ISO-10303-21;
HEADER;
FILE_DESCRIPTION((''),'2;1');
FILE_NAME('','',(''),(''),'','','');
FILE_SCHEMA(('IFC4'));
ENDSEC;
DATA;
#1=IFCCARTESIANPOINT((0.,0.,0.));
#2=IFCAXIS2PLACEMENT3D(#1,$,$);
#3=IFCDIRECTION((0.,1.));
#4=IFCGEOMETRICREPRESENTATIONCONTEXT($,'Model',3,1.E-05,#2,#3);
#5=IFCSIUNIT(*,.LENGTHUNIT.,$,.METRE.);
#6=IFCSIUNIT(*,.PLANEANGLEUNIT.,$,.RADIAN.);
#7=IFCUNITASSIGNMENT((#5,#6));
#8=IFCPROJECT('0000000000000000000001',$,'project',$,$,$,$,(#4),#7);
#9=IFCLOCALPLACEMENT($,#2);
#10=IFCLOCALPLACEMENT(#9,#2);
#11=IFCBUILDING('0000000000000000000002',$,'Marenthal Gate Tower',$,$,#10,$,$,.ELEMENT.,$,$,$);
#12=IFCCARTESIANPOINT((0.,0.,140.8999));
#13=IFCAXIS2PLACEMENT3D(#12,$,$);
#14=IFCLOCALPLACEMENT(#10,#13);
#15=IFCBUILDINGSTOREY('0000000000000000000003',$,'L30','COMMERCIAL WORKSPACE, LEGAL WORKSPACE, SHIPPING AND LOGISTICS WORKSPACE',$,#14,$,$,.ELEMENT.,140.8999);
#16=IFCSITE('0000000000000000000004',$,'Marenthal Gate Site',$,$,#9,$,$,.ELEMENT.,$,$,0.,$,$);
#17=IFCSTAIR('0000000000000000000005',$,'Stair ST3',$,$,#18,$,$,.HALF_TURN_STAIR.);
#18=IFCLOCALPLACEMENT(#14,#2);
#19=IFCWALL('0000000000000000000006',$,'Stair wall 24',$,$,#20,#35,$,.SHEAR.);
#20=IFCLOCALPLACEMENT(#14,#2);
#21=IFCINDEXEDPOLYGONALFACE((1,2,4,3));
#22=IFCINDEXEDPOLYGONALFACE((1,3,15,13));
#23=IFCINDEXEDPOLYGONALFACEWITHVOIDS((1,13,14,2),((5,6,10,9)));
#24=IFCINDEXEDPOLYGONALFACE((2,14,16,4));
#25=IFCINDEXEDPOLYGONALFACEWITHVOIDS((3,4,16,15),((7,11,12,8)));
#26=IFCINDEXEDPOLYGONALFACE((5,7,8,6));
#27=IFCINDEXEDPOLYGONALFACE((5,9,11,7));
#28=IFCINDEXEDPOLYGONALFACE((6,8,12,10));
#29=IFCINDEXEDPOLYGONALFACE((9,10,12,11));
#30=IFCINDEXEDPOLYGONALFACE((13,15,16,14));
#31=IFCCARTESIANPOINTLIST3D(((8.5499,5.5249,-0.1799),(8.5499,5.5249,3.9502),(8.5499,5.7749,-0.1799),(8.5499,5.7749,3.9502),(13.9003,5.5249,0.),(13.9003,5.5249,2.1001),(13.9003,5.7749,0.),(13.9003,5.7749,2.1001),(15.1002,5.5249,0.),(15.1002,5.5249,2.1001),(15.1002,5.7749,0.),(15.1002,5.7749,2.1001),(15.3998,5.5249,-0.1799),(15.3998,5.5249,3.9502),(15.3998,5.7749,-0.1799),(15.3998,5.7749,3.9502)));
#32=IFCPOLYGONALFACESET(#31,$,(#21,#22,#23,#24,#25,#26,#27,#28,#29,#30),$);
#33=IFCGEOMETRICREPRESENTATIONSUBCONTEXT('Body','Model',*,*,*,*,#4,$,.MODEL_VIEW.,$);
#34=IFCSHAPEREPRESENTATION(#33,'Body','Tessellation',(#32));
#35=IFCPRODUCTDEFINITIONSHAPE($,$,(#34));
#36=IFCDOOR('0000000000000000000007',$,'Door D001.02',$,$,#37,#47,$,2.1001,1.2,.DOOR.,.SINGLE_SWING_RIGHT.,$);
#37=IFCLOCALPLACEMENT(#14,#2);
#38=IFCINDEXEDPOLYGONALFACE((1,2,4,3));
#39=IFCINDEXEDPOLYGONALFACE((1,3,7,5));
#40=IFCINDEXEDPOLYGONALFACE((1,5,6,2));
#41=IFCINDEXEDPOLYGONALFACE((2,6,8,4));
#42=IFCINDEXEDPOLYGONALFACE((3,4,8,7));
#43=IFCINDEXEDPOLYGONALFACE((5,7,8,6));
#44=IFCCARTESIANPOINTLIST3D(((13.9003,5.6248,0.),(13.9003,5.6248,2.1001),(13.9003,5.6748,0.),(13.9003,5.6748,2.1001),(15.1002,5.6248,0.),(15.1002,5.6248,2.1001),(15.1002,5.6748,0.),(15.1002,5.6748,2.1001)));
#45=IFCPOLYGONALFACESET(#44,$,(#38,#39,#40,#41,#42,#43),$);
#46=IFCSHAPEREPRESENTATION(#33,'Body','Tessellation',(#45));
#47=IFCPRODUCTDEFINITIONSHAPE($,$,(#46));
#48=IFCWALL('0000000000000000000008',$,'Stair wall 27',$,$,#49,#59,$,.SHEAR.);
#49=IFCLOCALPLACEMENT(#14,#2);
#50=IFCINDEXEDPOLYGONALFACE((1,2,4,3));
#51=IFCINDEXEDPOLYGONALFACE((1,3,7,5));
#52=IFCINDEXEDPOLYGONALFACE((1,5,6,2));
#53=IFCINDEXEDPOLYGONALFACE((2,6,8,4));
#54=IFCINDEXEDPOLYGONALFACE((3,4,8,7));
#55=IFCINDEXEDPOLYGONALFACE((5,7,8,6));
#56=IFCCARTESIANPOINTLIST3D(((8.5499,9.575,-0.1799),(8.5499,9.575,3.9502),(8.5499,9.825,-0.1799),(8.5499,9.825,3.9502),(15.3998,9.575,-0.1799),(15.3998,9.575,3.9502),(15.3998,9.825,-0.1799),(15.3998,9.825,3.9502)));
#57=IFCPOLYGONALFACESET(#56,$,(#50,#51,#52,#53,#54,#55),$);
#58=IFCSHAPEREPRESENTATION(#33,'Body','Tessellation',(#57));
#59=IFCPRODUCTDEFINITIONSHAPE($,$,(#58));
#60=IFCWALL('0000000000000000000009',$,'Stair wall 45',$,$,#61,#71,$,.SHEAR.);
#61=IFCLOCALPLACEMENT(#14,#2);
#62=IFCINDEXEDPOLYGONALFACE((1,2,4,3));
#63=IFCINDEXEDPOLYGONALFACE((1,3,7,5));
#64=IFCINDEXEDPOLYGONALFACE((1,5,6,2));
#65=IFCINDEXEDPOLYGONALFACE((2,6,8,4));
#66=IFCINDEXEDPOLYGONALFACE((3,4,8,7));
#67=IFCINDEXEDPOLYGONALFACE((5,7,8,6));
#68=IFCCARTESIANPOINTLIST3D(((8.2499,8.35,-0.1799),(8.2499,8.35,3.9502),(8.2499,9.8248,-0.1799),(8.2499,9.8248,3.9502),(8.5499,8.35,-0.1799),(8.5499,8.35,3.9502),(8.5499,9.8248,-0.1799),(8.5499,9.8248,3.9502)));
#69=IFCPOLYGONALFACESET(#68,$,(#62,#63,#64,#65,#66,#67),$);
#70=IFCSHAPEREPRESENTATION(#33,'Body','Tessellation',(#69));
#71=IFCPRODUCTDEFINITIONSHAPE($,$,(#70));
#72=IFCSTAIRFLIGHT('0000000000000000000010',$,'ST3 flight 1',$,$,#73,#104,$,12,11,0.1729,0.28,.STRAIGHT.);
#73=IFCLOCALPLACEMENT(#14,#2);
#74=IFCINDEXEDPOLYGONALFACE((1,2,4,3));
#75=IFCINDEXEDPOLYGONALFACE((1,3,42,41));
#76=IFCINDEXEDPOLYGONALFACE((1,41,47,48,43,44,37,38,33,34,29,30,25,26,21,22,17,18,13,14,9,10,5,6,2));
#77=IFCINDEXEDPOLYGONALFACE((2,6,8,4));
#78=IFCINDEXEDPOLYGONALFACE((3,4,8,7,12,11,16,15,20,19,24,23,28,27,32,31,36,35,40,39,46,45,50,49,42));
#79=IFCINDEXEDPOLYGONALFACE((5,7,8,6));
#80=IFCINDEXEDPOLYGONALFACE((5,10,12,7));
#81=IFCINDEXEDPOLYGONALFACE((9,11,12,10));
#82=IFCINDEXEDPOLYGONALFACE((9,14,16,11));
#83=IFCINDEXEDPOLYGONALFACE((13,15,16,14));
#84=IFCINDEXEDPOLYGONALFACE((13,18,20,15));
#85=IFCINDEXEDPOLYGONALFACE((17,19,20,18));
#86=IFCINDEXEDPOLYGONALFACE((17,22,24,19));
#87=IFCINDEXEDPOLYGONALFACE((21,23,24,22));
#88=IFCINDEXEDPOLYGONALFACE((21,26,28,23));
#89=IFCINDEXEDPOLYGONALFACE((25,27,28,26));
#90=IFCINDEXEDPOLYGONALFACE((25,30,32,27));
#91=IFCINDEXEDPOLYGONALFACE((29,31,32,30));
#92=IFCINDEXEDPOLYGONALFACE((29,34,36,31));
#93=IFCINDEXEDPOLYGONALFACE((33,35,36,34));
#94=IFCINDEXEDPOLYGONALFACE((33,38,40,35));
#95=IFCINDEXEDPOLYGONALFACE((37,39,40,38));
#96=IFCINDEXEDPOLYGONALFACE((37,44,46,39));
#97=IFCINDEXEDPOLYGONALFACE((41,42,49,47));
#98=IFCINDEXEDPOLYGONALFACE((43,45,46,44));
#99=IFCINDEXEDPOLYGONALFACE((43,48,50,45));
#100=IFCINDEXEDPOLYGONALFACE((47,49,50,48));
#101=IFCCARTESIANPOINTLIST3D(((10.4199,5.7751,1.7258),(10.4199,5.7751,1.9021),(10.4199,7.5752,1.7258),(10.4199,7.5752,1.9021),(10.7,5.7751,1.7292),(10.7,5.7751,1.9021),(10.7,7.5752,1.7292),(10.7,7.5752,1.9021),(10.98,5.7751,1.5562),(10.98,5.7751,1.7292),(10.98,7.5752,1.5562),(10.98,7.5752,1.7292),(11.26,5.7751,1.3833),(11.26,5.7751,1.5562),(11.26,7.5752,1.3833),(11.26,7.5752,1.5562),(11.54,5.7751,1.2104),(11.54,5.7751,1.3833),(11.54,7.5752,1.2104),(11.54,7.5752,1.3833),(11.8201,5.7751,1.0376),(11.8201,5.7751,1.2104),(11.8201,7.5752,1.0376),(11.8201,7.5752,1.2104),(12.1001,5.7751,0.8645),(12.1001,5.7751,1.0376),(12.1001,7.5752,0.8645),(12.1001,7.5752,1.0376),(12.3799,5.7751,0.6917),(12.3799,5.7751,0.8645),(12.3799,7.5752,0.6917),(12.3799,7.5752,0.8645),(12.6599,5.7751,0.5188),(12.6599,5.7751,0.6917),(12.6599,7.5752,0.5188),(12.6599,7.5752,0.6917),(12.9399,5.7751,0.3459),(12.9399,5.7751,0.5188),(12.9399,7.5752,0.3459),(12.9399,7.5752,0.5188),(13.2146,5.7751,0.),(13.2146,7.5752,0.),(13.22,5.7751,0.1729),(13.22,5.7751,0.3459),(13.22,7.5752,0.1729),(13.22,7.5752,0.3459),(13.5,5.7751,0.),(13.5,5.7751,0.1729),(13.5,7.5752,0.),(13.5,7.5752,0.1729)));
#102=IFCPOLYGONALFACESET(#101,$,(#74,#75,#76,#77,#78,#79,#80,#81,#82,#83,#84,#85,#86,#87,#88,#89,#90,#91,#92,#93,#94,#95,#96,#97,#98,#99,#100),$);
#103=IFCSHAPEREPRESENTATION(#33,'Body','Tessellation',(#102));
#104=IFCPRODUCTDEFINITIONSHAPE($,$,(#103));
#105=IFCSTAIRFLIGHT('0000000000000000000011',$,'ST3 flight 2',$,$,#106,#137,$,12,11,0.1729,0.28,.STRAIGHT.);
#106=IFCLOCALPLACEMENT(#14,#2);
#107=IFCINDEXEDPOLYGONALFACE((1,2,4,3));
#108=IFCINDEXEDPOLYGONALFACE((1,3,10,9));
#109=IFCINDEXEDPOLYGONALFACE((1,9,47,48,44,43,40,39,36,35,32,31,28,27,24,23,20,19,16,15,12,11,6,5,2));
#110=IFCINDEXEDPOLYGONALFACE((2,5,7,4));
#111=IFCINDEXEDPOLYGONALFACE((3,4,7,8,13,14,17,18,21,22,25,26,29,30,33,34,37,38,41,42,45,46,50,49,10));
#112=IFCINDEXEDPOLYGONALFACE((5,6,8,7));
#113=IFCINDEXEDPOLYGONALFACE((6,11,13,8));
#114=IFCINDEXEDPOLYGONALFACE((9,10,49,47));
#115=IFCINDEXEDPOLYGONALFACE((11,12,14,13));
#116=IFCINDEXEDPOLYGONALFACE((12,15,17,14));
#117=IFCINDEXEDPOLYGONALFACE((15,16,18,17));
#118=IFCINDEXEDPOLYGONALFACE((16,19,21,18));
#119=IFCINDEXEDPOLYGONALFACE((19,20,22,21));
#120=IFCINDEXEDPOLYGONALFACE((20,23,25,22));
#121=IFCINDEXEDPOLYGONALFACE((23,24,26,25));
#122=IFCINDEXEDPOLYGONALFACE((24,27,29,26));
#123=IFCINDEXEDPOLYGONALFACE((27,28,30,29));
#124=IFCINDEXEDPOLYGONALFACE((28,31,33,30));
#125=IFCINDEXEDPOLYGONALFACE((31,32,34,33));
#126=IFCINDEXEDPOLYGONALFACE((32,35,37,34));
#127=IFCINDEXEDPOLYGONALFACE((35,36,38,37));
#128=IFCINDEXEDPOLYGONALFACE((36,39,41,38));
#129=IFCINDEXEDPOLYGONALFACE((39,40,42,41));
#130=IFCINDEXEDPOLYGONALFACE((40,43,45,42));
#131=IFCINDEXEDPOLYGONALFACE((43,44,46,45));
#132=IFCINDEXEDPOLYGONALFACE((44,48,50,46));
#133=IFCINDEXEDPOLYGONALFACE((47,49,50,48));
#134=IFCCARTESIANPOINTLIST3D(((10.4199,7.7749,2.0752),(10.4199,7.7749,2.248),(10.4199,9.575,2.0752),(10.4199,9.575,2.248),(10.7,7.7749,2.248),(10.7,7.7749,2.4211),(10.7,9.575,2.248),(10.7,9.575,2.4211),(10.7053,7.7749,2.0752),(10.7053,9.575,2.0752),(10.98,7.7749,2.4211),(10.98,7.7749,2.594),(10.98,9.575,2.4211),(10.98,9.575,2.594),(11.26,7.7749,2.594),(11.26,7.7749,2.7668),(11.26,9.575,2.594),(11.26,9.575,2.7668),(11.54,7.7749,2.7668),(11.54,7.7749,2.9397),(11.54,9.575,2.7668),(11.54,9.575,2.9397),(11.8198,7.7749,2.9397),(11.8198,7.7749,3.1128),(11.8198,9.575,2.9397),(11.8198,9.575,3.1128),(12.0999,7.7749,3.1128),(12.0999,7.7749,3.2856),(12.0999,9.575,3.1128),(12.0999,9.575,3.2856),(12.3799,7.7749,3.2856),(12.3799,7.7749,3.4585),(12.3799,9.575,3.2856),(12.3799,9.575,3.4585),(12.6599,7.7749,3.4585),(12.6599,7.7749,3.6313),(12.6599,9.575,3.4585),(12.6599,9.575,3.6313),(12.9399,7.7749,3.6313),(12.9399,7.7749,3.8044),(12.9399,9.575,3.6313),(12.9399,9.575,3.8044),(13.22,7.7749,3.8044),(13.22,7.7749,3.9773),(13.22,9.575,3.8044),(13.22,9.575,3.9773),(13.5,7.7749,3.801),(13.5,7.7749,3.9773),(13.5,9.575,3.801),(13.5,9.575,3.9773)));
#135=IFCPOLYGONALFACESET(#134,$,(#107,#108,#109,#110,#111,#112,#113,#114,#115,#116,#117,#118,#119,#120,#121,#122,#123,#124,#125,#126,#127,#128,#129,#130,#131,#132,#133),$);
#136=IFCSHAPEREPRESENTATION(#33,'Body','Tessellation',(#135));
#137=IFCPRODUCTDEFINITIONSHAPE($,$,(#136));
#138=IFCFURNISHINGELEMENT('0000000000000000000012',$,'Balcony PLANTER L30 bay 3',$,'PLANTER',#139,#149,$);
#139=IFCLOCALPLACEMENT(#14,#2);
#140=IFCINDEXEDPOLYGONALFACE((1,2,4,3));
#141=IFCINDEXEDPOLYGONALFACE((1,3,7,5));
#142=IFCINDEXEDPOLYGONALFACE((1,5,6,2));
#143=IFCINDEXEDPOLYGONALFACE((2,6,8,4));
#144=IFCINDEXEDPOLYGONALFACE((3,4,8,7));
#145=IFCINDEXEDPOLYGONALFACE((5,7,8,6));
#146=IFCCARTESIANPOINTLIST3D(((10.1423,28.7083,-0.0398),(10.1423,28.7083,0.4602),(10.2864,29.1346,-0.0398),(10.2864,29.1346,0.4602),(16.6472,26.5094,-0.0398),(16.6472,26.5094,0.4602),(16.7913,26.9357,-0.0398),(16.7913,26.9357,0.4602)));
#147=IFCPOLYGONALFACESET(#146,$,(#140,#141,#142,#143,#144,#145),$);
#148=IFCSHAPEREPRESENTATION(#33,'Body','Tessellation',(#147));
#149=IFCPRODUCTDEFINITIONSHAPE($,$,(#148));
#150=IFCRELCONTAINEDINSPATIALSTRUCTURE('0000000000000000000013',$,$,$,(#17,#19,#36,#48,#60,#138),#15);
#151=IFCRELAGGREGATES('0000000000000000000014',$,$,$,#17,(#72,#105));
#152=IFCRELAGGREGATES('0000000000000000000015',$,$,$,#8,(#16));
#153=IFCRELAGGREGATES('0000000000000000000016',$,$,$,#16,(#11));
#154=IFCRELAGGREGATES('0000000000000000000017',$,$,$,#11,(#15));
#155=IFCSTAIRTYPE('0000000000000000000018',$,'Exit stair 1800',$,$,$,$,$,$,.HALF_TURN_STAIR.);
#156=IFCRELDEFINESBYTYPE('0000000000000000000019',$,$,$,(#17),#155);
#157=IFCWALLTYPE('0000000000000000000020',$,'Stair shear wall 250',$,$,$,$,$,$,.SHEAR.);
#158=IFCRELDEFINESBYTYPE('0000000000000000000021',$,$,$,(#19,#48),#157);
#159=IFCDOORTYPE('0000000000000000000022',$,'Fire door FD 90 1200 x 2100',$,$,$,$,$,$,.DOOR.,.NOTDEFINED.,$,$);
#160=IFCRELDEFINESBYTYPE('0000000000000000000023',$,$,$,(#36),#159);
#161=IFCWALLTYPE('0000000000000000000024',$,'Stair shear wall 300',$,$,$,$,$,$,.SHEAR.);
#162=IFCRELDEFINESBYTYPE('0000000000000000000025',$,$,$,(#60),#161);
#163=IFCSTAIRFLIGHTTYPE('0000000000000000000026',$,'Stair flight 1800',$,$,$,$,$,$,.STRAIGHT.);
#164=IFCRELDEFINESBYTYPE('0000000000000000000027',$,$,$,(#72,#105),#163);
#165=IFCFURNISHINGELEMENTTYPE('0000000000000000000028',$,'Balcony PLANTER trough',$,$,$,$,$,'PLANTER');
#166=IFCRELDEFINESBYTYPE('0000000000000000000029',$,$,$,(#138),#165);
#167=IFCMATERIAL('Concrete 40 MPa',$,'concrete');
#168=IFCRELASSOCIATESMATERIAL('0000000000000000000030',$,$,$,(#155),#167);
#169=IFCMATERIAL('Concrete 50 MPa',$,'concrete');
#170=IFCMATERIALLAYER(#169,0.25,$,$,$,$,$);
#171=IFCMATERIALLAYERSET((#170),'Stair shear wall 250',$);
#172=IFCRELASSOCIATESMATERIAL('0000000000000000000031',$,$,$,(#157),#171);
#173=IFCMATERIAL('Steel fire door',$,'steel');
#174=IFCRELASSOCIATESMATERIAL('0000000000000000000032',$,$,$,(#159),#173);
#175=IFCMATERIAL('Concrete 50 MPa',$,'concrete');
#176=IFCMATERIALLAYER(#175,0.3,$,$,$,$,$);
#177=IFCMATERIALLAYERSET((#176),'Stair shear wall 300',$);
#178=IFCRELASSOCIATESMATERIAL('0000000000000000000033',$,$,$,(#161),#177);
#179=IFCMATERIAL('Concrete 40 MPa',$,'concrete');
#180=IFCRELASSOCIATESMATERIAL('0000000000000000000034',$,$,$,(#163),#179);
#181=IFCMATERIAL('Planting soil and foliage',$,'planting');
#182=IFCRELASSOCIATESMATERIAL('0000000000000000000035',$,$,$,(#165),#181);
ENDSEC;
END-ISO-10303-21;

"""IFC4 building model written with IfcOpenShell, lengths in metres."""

from ifc_helpers import new_model, si_unit, direction, frame, frame_2d, origin, origin_2d, place, context, subcontext, project, spatial, polyline, rectangle, outline, extrude, material, layer, layer_set, type_object, element, fill, aggregate, save


model = new_model("IFC4")

# Units and contexts
model_context = context("Model", 3, precision=1e-05, world=origin(), true_north=direction((0.0, 1.0)))
body_context = subcontext(model_context, "Body", "Model", "MODEL_VIEW")
ifc_project = project(units=[si_unit("LENGTHUNIT", "METRE"), si_unit("PLANEANGLEUNIT", "RADIAN")], contexts=[model_context])

# Site, building, storey
site_placement = place(None, origin())
site = spatial("IfcSite", under=ifc_project, at=site_placement, Name="Marenthal Gate Site", CompositionType="ELEMENT", RefElevation=0.0)
building_placement = place(site_placement, origin())
building = spatial("IfcBuilding", under=site, at=building_placement, Name="Marenthal Gate Tower", CompositionType="ELEMENT")
storey_placement = place(building_placement, frame((0.0, 0.0, 140.8999)))
storey = spatial("IfcBuildingStorey", under=building, at=storey_placement, Name="L30", Description="COMMERCIAL WORKSPACE, LEGAL WORKSPACE, SHIPPING AND LOGISTICS WORKSPACE", CompositionType="ELEMENT", Elevation=140.8999)

# Stair
ifc_material_1 = material(Name="Concrete 40 MPa", Category="concrete")
stair_type = type_object("IfcStairType", Name="Exit stair 1800", PredefinedType="HALF_TURN_STAIR", material=ifc_material_1)
stair_1_placement = place(storey_placement, origin())
stair_1 = element("IfcStair", 1, at=stair_1_placement, inside=storey, type_object=stair_type, Name="Stair ST3", PredefinedType="HALF_TURN_STAIR")

# Wall, opening, door
ifc_material_2 = material(Name="Concrete 50 MPa", Category="concrete")
ifc_layer_1 = layer(ifc_material_2, 0.25)
ifc_layer_set_1 = layer_set([ifc_layer_1], Name="Stair shear wall 250")
wall_type_1 = type_object("IfcWallType", Name="Stair shear wall 250", PredefinedType="SHEAR", material=ifc_layer_set_1)
wall_1_placement = place(storey_placement, frame((8.55, 5.6499, -0.1799), z_axis=(0.0, 0.0, 1.0), x_axis=(1.0, 0.0, 0.0)))
wall_1 = element("IfcWall", 2, at=wall_1_placement, inside=storey, type_object=wall_type_1, Name="Stair wall 24", PredefinedType="SHEAR", context=body_context, shape_type="SweptSolid", body=[
    extrude(rectangle(XDim=6.8499, YDim=0.25, at=frame_2d((3.4248, 0.0))), origin(), (0.0, 0.0, 1.0), 4.1301),
])
opening_1_placement = place(wall_1_placement, frame((5.3501, 0.0, 0.1799)))
opening_1 = element("IfcOpeningElement", 3, at=opening_1_placement, cuts=wall_1, PredefinedType="OPENING", context=body_context, shape_type="SweptSolid", body=[
    extrude(rectangle(XDim=1.2, YDim=2.1001, at=frame_2d((0.6001, 1.05))), frame((0.0, 0.135, 0.0), z_axis=(0.0, -1.0, 0.0), x_axis=(1.0, 0.0, 0.0)), (0.0, 0.0, 1.0), 0.27),
])
ifc_material_3 = material(Name="Steel fire door", Category="steel")
door_type_1 = type_object("IfcDoorType", Name="Fire door FD 90 1200 x 2100", OperationType="NOTDEFINED", PredefinedType="DOOR", material=ifc_material_3)
door_1_placement = place(opening_1_placement, origin())
door_1 = element("IfcDoor", 4, at=door_1_placement, inside=storey, type_object=door_type_1, Name="Door D001.02", OperationType="SINGLE_SWING_RIGHT", OverallHeight=2.1001, OverallWidth=1.2, PredefinedType="DOOR", context=body_context, shape_type="SweptSolid", body=[
    extrude(rectangle(XDim=1.2, YDim=2.1001, at=frame_2d((0.6001, 1.05))), frame((0.0, 0.0249, 0.0), z_axis=(0.0, -1.0, 0.0), x_axis=(1.0, 0.0, 0.0)), (0.0, 0.0, 1.0), 0.05),
])
fill(opening_1, door_1)

# Walls
wall_2_placement = place(storey_placement, frame((8.55, 9.7, -0.1799), z_axis=(0.0, 0.0, 1.0), x_axis=(1.0, 0.0, 0.0)))
element("IfcWall", 5, at=wall_2_placement, inside=storey, type_object=wall_type_1, Name="Stair wall 27", PredefinedType="SHEAR", context=body_context, shape_type="SweptSolid", body=[
    extrude(rectangle(XDim=6.8499, YDim=0.25, at=frame_2d((3.4248, 0.0))), origin(), (0.0, 0.0, 1.0), 4.1301),
])
ifc_material_4 = material(Name="Concrete 50 MPa", Category="concrete")
ifc_layer_2 = layer(ifc_material_4, 0.3)
ifc_layer_set_2 = layer_set([ifc_layer_2], Name="Stair shear wall 300")
wall_type_2 = type_object("IfcWallType", Name="Stair shear wall 300", PredefinedType="SHEAR", material=ifc_layer_set_2)
wall_3_placement = place(storey_placement, frame((8.3999, 8.3501, -0.1799), z_axis=(0.0, 0.0, 1.0), x_axis=(0.0, 1.0, 0.0)))
element("IfcWall", 6, at=wall_3_placement, inside=storey, type_object=wall_type_2, Name="Stair wall 45", PredefinedType="SHEAR", context=body_context, shape_type="SweptSolid", body=[
    extrude(rectangle(XDim=1.4749, YDim=0.3, at=frame_2d((0.7373, 0.0))), origin(), (0.0, 0.0, 1.0), 4.1301),
])

# Stair flights
ifc_material_5 = material(Name="Concrete 40 MPa", Category="concrete")
stair_flight_type = type_object("IfcStairFlightType", Name="Stair flight 1800", PredefinedType="STRAIGHT", material=ifc_material_5)
stair_flight_1_placement = place(storey_placement, frame((13.5, 6.675, 0.0), z_axis=(0.0, 0.0, 1.0), x_axis=(-1.0, 0.0, 0.0)))
stair_flight_1 = element("IfcStairFlight", 7, at=stair_flight_1_placement, type_object=stair_flight_type, Name="ST3 flight 1", NumberOfRisers=12, NumberOfTreads=11, PredefinedType="STRAIGHT", RiserHeight=0.1729, TreadLength=0.28, context=body_context, shape_type="SweptSolid", body=[
    extrude(outline(polyline([(0.0, 0.0), (0.0, 0.1729), (0.28, 0.1729), (0.28, 0.3459), (0.5601, 0.3459), (0.5601, 0.5188), (0.8401, 0.5188), (0.8401, 0.6917), (1.1201, 0.6917), (1.1201, 0.8645), (1.3999, 0.8645), (1.3999, 1.0376), (1.6799, 1.0376), (1.6799, 1.2104), (1.96, 1.2104), (1.96, 1.3833), (2.24, 1.3833), (2.24, 1.5562), (2.52, 1.5562), (2.52, 1.7292), (2.8, 1.7292), (2.8, 1.9021), (3.0801, 1.9021), (3.0801, 2.075), (3.0801, 1.7258), (0.2854, 0.0), (0.0, 0.0)])), frame((0.0, 0.8999, 0.0), z_axis=(0.0, -1.0, 0.0), x_axis=(1.0, 0.0, 0.0)), (0.0, 0.0, 1.0), 1.8),
])
stair_flight_2_placement = place(storey_placement, frame((10.4199, 8.675, 2.0752), z_axis=(0.0, 0.0, 1.0), x_axis=(1.0, 0.0, 0.0)))
stair_flight_2 = element("IfcStairFlight", 8, at=stair_flight_2_placement, type_object=stair_flight_type, Name="ST3 flight 2", NumberOfRisers=12, NumberOfTreads=11, PredefinedType="STRAIGHT", RiserHeight=0.1729, TreadLength=0.28, context=body_context, shape_type="SweptSolid", body=[
    extrude(outline(polyline([(0.0, 0.0), (0.0, 0.1729), (0.28, 0.1729), (0.28, 0.3459), (0.5601, 0.3459), (0.5601, 0.5188), (0.8401, 0.5188), (0.8401, 0.6917), (1.1201, 0.6917), (1.1201, 0.8645), (1.3999, 0.8645), (1.3999, 1.0376), (1.6799, 1.0376), (1.6799, 1.2104), (1.96, 1.2104), (1.96, 1.3833), (2.24, 1.3833), (2.24, 1.5562), (2.52, 1.5562), (2.52, 1.7292), (2.8, 1.7292), (2.8, 1.9021), (3.0801, 1.9021), (3.0801, 2.075), (3.0801, 1.7258), (0.2854, 0.0), (0.0, 0.0)])), frame((0.0, 0.8999, 0.0), z_axis=(0.0, -1.0, 0.0), x_axis=(1.0, 0.0, 0.0)), (0.0, 0.0, 1.0), 1.8),
])
aggregate(stair_1, [stair_flight_1, stair_flight_2])

# Furnishing element
ifc_material_6 = material(Name="Planting soil and foliage", Category="planting")
furnishing_element_type = type_object("IfcFurnishingElementType", Name="Balcony PLANTER trough", ElementType="PLANTER", material=ifc_material_6)
furnishing_placement = place(storey_placement, frame((13.4668, 27.822, -0.0398), z_axis=(0.0, 0.0, 1.0), x_axis=(-0.947338, 0.320236, 0.0)))
element("IfcFurnishingElement", 9, at=furnishing_placement, inside=storey, type_object=furnishing_element_type, Name="Balcony PLANTER L30 bay 3", ObjectType="PLANTER", context=body_context, shape_type="SweptSolid", body=[
    extrude(rectangle(XDim=6.8665, YDim=0.45, at=origin_2d()), origin(), (0.0, 0.0, 1.0), 0.5),
])

save(model, "model.ifc")
